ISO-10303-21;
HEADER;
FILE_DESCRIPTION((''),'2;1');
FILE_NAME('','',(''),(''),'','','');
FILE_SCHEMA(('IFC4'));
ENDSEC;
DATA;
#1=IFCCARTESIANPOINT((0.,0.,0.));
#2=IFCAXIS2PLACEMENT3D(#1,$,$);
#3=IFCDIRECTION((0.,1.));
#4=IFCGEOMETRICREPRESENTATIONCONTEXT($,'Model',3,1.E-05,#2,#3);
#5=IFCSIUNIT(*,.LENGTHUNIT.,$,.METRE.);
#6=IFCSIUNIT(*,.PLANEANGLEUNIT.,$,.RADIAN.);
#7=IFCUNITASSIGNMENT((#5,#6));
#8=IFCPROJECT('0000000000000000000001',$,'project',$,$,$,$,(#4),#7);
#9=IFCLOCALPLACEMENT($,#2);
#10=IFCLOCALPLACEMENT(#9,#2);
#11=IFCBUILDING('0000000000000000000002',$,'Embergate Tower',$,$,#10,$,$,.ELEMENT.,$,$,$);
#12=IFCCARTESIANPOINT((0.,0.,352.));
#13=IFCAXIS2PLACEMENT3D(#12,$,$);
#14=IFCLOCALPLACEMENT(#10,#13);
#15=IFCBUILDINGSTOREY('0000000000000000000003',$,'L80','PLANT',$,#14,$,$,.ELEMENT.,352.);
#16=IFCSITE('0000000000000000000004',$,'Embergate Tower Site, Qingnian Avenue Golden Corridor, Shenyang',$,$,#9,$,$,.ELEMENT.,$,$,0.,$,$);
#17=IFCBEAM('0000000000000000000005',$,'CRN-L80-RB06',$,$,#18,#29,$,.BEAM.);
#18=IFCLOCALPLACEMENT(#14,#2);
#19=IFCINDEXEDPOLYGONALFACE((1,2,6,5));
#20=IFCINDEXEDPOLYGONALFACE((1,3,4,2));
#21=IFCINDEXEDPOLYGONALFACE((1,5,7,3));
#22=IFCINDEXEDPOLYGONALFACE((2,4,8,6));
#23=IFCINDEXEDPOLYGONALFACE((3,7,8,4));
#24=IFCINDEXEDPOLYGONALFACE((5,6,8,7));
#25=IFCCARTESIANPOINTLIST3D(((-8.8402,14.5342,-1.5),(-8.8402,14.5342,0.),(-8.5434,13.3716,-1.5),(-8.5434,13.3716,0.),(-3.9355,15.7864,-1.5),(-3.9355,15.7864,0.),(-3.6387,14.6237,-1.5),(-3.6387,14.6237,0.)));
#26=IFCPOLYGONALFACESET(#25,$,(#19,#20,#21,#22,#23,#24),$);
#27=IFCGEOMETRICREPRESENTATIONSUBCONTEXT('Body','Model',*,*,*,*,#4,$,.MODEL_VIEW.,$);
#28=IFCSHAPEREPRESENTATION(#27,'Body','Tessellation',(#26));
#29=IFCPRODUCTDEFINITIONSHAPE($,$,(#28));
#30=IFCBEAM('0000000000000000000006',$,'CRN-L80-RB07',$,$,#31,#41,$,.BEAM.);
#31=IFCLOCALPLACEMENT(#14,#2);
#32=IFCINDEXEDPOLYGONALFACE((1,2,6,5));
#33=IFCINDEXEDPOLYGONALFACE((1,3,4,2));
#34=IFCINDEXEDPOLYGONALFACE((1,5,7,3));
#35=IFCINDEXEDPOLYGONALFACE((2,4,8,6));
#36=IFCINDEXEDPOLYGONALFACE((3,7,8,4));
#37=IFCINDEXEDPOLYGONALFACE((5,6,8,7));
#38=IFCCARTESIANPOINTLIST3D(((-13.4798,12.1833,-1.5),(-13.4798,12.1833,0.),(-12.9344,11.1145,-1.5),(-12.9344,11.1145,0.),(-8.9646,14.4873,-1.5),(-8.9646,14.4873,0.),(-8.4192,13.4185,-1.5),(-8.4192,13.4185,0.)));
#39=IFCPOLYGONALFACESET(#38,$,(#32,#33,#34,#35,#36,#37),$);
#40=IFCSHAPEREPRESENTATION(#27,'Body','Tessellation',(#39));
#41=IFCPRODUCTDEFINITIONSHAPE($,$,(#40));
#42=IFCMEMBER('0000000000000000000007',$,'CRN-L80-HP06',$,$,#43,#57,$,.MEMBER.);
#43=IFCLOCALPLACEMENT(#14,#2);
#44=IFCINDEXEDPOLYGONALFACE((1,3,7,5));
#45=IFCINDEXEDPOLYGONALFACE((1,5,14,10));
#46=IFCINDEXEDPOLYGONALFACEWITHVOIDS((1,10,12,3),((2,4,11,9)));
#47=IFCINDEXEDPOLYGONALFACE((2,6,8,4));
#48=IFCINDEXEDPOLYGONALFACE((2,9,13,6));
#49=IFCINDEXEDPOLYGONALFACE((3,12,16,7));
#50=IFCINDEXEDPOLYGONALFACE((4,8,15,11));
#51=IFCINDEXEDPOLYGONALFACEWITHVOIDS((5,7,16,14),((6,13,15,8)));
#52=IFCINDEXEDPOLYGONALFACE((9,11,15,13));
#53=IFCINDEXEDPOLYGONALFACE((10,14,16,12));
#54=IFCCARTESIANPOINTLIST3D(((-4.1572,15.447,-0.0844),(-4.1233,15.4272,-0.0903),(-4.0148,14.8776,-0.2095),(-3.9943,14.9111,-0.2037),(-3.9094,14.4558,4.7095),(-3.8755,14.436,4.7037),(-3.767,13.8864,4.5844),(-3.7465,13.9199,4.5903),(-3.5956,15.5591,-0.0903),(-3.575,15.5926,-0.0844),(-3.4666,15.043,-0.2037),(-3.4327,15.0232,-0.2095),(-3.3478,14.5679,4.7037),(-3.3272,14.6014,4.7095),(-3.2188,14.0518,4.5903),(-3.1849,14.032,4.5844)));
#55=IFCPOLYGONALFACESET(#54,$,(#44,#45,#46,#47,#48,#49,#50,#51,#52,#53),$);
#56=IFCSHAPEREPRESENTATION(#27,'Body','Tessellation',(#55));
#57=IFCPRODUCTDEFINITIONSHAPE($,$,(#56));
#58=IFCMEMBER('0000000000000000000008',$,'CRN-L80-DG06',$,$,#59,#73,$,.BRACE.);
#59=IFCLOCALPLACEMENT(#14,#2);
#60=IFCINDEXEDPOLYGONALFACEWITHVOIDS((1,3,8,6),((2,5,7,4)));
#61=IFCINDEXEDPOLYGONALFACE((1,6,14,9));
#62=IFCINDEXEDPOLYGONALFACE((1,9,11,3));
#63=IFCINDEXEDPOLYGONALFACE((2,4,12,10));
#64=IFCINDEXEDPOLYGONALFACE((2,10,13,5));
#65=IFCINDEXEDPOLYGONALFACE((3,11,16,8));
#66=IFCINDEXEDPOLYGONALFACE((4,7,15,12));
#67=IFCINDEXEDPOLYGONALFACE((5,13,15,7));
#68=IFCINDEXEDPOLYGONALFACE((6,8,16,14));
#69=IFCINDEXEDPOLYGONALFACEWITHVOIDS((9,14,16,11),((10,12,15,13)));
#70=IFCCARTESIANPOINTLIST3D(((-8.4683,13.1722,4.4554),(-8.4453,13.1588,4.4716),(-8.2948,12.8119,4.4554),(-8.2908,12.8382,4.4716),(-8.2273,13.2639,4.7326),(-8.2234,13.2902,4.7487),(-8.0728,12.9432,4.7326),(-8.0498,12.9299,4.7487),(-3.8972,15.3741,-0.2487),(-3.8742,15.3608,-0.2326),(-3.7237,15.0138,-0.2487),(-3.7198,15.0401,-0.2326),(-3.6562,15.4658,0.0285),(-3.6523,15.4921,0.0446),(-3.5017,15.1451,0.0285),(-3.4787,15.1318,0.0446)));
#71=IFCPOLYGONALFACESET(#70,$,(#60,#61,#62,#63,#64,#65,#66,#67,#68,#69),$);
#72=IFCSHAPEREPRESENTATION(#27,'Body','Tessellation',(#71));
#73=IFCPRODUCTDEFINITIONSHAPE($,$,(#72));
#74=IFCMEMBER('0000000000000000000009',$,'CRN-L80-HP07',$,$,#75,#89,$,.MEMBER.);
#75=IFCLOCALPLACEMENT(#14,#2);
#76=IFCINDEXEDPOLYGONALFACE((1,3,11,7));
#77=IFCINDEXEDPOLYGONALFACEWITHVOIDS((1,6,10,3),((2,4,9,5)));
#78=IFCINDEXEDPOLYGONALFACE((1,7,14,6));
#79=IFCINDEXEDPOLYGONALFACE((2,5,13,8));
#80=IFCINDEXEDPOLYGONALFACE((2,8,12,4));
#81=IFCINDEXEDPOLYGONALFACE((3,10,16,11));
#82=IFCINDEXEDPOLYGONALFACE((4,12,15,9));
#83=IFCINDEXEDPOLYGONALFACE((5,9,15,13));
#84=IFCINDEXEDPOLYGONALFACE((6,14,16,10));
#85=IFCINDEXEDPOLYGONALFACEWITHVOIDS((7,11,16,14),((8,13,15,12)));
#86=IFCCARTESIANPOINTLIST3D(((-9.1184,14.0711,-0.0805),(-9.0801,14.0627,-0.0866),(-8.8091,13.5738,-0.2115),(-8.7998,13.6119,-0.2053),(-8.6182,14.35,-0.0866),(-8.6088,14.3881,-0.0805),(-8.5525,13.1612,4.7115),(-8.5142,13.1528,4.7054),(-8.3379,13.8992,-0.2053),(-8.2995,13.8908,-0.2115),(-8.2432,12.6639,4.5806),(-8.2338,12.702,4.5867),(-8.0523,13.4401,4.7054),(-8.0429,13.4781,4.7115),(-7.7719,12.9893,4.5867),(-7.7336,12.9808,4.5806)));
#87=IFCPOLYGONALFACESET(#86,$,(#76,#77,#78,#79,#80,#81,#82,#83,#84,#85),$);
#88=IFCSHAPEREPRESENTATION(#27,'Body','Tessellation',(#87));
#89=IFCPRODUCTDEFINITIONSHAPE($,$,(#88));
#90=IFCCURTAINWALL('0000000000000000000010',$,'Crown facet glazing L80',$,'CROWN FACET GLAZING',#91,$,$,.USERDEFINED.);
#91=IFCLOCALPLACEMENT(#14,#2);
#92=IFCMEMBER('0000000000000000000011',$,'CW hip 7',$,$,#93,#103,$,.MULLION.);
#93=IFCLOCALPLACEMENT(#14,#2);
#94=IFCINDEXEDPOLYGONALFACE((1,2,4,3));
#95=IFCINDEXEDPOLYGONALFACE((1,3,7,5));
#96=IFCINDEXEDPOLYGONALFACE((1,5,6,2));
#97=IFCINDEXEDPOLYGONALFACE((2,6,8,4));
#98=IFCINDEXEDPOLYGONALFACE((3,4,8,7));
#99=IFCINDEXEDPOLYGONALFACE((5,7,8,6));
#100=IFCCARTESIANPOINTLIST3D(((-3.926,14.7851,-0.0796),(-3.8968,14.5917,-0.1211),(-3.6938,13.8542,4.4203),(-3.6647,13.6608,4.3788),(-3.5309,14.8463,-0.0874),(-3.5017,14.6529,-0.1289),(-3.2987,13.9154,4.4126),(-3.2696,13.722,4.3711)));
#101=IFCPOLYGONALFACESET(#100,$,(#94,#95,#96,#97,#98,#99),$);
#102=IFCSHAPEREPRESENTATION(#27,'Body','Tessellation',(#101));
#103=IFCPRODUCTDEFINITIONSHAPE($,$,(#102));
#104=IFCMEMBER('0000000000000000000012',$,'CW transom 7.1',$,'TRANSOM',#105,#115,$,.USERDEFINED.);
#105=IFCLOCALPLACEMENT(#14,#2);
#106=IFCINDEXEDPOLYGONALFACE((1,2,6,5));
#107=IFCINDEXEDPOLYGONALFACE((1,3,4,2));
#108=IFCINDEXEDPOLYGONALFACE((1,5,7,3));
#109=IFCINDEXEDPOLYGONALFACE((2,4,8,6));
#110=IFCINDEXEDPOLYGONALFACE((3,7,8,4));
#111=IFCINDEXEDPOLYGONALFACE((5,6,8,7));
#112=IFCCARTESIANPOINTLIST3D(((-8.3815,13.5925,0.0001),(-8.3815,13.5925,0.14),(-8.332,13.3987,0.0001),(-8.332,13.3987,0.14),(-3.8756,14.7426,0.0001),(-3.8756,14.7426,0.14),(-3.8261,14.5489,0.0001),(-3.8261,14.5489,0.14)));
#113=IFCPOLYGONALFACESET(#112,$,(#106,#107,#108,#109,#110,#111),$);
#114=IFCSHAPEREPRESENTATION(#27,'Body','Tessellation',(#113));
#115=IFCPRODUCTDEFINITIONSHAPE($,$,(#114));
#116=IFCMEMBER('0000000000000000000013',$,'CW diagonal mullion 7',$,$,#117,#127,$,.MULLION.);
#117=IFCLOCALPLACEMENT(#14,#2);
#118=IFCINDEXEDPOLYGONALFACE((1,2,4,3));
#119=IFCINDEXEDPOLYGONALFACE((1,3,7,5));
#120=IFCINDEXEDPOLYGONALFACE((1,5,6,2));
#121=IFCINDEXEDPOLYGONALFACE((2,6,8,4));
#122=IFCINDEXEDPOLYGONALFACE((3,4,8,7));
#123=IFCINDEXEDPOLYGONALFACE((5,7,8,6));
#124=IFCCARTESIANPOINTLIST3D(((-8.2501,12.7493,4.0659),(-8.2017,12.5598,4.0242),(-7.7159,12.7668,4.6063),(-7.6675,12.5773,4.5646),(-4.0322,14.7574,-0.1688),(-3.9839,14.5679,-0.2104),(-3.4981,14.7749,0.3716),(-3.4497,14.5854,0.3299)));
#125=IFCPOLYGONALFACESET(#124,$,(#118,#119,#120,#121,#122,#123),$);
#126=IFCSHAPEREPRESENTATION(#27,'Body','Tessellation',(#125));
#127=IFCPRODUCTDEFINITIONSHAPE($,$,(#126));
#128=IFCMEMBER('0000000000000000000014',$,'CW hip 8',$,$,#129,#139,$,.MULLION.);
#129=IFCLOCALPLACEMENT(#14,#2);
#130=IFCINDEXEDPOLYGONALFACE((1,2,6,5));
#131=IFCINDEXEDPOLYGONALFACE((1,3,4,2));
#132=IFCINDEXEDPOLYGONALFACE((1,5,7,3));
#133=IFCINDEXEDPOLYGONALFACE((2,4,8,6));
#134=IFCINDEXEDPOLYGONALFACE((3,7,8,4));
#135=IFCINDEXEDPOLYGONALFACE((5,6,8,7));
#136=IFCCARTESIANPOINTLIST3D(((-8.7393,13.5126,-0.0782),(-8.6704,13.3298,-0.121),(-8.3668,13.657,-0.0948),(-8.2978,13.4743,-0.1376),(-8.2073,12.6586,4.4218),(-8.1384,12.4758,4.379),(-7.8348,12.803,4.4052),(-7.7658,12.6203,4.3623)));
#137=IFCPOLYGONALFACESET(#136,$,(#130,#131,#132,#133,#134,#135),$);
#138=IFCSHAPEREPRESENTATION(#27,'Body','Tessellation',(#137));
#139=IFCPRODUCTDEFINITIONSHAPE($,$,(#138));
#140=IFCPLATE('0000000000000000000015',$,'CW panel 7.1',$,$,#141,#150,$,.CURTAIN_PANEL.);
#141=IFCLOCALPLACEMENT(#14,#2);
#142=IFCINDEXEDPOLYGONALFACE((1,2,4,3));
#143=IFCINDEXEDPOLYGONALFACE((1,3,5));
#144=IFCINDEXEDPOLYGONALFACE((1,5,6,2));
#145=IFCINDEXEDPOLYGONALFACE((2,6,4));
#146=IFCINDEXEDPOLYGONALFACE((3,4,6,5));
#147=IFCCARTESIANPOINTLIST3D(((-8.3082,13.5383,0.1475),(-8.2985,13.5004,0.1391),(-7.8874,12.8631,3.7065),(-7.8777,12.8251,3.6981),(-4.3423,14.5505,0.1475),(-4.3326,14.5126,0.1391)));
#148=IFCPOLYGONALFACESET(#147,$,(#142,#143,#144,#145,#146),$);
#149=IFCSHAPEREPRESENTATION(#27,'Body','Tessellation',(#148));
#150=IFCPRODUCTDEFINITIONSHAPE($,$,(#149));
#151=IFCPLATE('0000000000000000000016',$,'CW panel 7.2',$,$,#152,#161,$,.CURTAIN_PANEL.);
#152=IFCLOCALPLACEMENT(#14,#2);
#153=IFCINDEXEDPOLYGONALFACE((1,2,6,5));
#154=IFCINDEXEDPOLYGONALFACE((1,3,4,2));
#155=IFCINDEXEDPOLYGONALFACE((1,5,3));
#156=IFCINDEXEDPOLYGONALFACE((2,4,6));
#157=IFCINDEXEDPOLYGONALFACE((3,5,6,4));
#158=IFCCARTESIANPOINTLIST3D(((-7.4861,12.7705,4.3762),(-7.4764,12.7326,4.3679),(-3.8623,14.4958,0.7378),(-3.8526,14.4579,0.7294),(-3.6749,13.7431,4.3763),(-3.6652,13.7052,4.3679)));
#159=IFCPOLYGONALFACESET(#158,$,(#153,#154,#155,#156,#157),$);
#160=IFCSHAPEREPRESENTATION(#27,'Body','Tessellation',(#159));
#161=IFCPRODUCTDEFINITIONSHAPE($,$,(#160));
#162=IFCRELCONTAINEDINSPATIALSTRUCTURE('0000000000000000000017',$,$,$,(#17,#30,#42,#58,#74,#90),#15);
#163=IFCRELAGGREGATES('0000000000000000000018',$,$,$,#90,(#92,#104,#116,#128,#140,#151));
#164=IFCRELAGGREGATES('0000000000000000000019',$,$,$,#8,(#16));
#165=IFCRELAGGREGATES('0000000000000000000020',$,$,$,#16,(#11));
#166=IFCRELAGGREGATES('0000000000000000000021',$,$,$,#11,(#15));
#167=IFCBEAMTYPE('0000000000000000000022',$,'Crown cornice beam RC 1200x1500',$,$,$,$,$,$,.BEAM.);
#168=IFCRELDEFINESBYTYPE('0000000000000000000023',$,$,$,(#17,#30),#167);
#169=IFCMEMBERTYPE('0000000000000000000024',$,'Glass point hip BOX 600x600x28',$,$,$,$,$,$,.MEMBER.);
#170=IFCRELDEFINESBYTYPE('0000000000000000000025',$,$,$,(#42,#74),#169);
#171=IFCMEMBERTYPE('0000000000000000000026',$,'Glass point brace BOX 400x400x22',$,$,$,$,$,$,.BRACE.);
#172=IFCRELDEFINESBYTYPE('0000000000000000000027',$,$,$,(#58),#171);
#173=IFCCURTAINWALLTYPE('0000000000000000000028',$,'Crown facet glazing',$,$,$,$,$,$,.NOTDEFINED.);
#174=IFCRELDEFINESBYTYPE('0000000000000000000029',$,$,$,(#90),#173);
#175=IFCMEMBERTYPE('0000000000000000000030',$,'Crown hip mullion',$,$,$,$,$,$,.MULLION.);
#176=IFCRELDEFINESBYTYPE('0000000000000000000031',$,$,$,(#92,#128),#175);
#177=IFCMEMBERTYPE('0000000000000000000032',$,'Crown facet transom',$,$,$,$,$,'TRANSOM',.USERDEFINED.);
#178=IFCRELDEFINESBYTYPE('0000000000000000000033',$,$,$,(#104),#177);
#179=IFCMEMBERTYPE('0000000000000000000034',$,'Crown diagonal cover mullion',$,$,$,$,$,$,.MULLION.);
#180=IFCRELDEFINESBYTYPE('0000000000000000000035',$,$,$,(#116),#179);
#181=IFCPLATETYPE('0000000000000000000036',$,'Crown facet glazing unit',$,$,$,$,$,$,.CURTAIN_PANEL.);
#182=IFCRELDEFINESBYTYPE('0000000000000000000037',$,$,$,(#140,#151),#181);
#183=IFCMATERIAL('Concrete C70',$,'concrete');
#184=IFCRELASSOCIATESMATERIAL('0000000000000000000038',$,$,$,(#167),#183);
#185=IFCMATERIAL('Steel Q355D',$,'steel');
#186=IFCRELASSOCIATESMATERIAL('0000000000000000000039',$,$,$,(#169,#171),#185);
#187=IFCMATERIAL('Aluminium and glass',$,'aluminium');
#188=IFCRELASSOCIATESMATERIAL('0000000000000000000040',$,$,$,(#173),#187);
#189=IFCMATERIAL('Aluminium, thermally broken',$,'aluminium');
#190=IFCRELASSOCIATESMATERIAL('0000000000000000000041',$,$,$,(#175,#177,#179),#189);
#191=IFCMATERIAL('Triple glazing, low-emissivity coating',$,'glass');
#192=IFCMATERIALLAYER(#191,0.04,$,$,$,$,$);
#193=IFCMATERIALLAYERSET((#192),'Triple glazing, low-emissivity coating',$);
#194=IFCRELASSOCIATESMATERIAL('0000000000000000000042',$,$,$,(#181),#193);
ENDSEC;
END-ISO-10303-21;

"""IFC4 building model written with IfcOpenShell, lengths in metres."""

from ifc_helpers import new_model, si_unit, direction, frame, origin, origin_2d, place, context, subcontext, project, spatial, polyline, rectangle, hollow_rectangle, outline, extrude, source, transform, mapped, material, layer, layer_set, material_profile, profile_set, type_object, element, aggregate, save


model = new_model("IFC4")

# Units and contexts
model_context = context("Model", 3, precision=1e-05, world=origin(), true_north=direction((0.0, 1.0)))
body_context = subcontext(model_context, "Body", "Model", "MODEL_VIEW")
ifc_project = project(units=[si_unit("LENGTHUNIT", "METRE"), si_unit("PLANEANGLEUNIT", "RADIAN")], contexts=[model_context])

# Site, building, storey
site_placement = place(None, origin())
site = spatial("IfcSite", under=ifc_project, at=site_placement, Name="Embergate Tower Site, Qingnian Avenue Golden Corridor, Shenyang", CompositionType="ELEMENT", RefElevation=0.0)
building_placement = place(site_placement, origin())
building = spatial("IfcBuilding", under=site, at=building_placement, Name="Embergate Tower", CompositionType="ELEMENT")
storey_placement = place(building_placement, frame((0.0, 0.0, 352.0)))
storey = spatial("IfcBuildingStorey", under=building, at=storey_placement, Name="L80", Description="PLANT", CompositionType="ELEMENT", Elevation=352.0)

# Beams
ifc_material_1 = material(Name="Concrete C70", Category="concrete")
ifc_material_profile_1 = material_profile(ifc_material_1, rectangle(XDim=1.2, YDim=1.5, at=origin_2d()), Name="RC 1200x1500")
ifc_profile_set_1 = profile_set([ifc_material_profile_1], Name="Concrete C70")
beam_type = type_object("IfcBeamType", Name="Crown cornice beam RC 1200x1500", PredefinedType="BEAM", material=ifc_profile_set_1)
shared_shape_1 = source(origin(), body_context, "Body", "SweptSolid", [
    extrude(rectangle(XDim=1.2, YDim=1.5, at=origin_2d()), origin(), (0.0, 0.0, 1.0), 5.062),
])
beam_1_placement = place(storey_placement, frame((-3.7871, 15.2051, -0.75), z_axis=(-0.968922, -0.247367, 0.0), x_axis=(0.247367, -0.968922, 0.0)))
element("IfcBeam", 1, at=beam_1_placement, inside=storey, type_object=beam_type, Name="CRN-L80-RB06", PredefinedType="BEAM", context=body_context, shape_type="MappedRepresentation", body=[
    mapped(shared_shape_1, transform((0.0, 0.0, 0.0))),
])
shared_shape_2 = source(origin(), body_context, "Body", "SweptSolid", [
    extrude(rectangle(XDim=1.2, YDim=1.5, at=origin_2d()), origin(), (0.0, 0.0, 1.0), 5.0691),
])
beam_2_placement = place(storey_placement, frame((-8.6919, 13.9529, -0.75), z_axis=(-0.890737, -0.454519, 0.0), x_axis=(0.454519, -0.890737, 0.0)))
element("IfcBeam", 2, at=beam_2_placement, inside=storey, type_object=beam_type, Name="CRN-L80-RB07", PredefinedType="BEAM", context=body_context, shape_type="MappedRepresentation", body=[
    mapped(shared_shape_2, transform((0.0, 0.0, 0.0))),
])

# Members
ifc_material_2 = material(Name="Steel Q355D", Category="steel")
ifc_material_profile_2 = material_profile(ifc_material_2, hollow_rectangle(XDim=0.6001, YDim=0.6001, WallThickness=0.0281, at=origin_2d()), Name="BOX 600x600x28")
ifc_profile_set_2 = profile_set([ifc_material_profile_2], Name="Steel Q355 grade D")
member_type_1 = type_object("IfcMemberType", Name="Glass point hip BOX 600x600x28", PredefinedType="MEMBER", material=ifc_profile_set_2)
shared_shape_3 = source(origin(), body_context, "Body", "SweptSolid", [
    extrude(hollow_rectangle(XDim=0.6001, YDim=0.6001, WallThickness=0.0281, at=origin_2d()), origin(), (0.0, 0.0, 1.0), 4.9016),
])
member_1_placement = place(storey_placement, frame((-3.7949, 15.2351, -0.147), z_axis=(0.050555, -0.202221, 0.978034), x_axis=(0.970143, 0.242536, 0.0)))
element("IfcMember", 3, at=member_1_placement, inside=storey, type_object=member_type_1, Name="CRN-L80-HP06", PredefinedType="MEMBER", context=body_context, shape_type="MappedRepresentation", body=[
    mapped(shared_shape_3, transform((0.0, 0.0, 0.0))),
])
ifc_material_profile_3 = material_profile(ifc_material_2, hollow_rectangle(XDim=0.3999, YDim=0.3999, WallThickness=0.022, at=origin_2d()), Name="BOX 400x400x22")
ifc_profile_set_3 = profile_set([ifc_material_profile_3], Name="Steel Q355 grade D")
member_type_2 = type_object("IfcMemberType", Name="Glass point brace BOX 400x400x22", PredefinedType="BRACE", material=ifc_profile_set_3)
shared_shape_4 = source(origin(), body_context, "Body", "SweptSolid", [
    extrude(hollow_rectangle(XDim=0.3999, YDim=0.3999, WallThickness=0.022, at=origin_2d()), origin(), (0.0, 0.0, 1.0), 6.9189),
])
member_2_placement = place(storey_placement, frame((-3.688, 15.2529, -0.1021), z_axis=(-0.660659, -0.318244, 0.67989), x_axis=(0.433981, -0.900922, 0.0)))
element("IfcMember", 4, at=member_2_placement, inside=storey, type_object=member_type_2, Name="CRN-L80-DG06", PredefinedType="BRACE", context=body_context, shape_type="MappedRepresentation", body=[
    mapped(shared_shape_4, transform((0.0, 0.0, 0.0))),
])
shared_shape_5 = source(origin(), body_context, "Body", "SweptSolid", [
    extrude(hollow_rectangle(XDim=0.6001, YDim=0.6001, WallThickness=0.0281, at=origin_2d()), origin(), (0.0, 0.0, 1.0), 4.9104),
])
member_3_placement = place(storey_placement, frame((-8.709, 13.981, -0.146), z_axis=(0.11525, -0.185305, 0.975899), x_axis=(0.849161, 0.528134, 0.0)))
element("IfcMember", 5, at=member_3_placement, inside=storey, type_object=member_type_1, Name="CRN-L80-HP07", PredefinedType="MEMBER", context=body_context, shape_type="MappedRepresentation", body=[
    mapped(shared_shape_5, transform((0.0, 0.0, 0.0))),
])

# Curtain wall, members, plates
ifc_material_3 = material(Name="Aluminium and glass", Category="aluminium")
curtain_wall_type = type_object("IfcCurtainWallType", Name="Crown facet glazing", PredefinedType="NOTDEFINED", material=ifc_material_3)
curtain_wall_placement = place(storey_placement, origin())
curtain_wall = element("IfcCurtainWall", 6, at=curtain_wall_placement, inside=storey, type_object=curtain_wall_type, Name="Crown facet glazing L80", ObjectType="CROWN FACET GLAZING", PredefinedType="USERDEFINED")
ifc_material_4 = material(Name="Aluminium, thermally broken", Category="aluminium")
ifc_material_profile_4 = material_profile(ifc_material_4, rectangle(XDim=0.2, YDim=0.3999, at=origin_2d()), Name="AL 400x200")
ifc_profile_set_4 = profile_set([ifc_material_profile_4], Name="Aluminium, thermally broken")
member_type_3 = type_object("IfcMemberType", Name="Crown hip mullion", PredefinedType="MULLION", material=ifc_profile_set_4)
shared_shape_6 = source(origin(), body_context, "Body", "SweptSolid", [
    extrude(rectangle(XDim=0.2, YDim=0.3999, at=origin_2d()), origin(), (0.0, 0.0, 1.0), 4.6011),
])
member_4_placement = place(storey_placement, frame((-3.7139, 14.719, -0.1042), z_axis=(0.050461, -0.202321, 0.978018), x_axis=(-0.145832, 0.967277, 0.207623)))
member_4 = element("IfcMember", 7, at=member_4_placement, type_object=member_type_3, Name="CW hip 7", PredefinedType="MULLION", context=body_context, shape_type="MappedRepresentation", body=[
    mapped(shared_shape_6, transform((0.0, 0.0, 0.0))),
])
ifc_material_profile_5 = material_profile(ifc_material_4, rectangle(XDim=0.2, YDim=0.1399, at=origin_2d()), Name="AL 140x200")
ifc_profile_set_5 = profile_set([ifc_material_profile_5], Name="Aluminium, thermally broken")
member_type_4 = type_object("IfcMemberType", Name="Crown facet transom", ElementType="TRANSOM", PredefinedType="USERDEFINED", material=ifc_profile_set_5)
shared_shape_7 = source(origin(), body_context, "Body", "SweptSolid", [
    extrude(rectangle(XDim=0.2, YDim=0.1399, at=origin_2d()), origin(), (0.0, 0.0, 1.0), 4.6504),
])
member_5_placement = place(storey_placement, frame((-3.8508, 14.6458, 0.0701), z_axis=(-0.968932, -0.247326, 0.0), x_axis=(0.247326, -0.968932, 0.0)))
member_5 = element("IfcMember", 8, at=member_5_placement, type_object=member_type_4, Name="CW transom 7.1", ObjectType="TRANSOM", PredefinedType="USERDEFINED", context=body_context, shape_type="MappedRepresentation", body=[
    mapped(shared_shape_7, transform((0.0, 0.0, 0.0))),
])
ifc_material_profile_6 = material_profile(ifc_material_4, rectangle(XDim=0.2, YDim=0.76, at=origin_2d()), Name="AL 760x200")
ifc_profile_set_6 = profile_set([ifc_material_profile_6], Name="Aluminium, thermally broken")
member_type_5 = type_object("IfcMemberType", Name="Crown diagonal cover mullion", PredefinedType="MULLION", material=ifc_profile_set_6)
shared_shape_8 = source(origin(), body_context, "Body", "SweptSolid", [
    extrude(rectangle(XDim=0.2, YDim=0.76, at=origin_2d()), origin(), (0.0, 0.0, 1.0), 6.3052),
])
member_6_placement = place(storey_placement, frame((-3.741, 14.6714, 0.0806), z_axis=(-0.66895, -0.318483, 0.671621), x_axis=(-0.241856, 0.94765, 0.208482)))
member_6 = element("IfcMember", 9, at=member_6_placement, type_object=member_type_5, Name="CW diagonal mullion 7", PredefinedType="MULLION", context=body_context, shape_type="MappedRepresentation", body=[
    mapped(shared_shape_8, transform((0.0, 0.0, 0.0))),
])
shared_shape_9 = source(origin(), body_context, "Body", "SweptSolid", [
    extrude(rectangle(XDim=0.2, YDim=0.3999, at=origin_2d()), origin(), (0.0, 0.0, 1.0), 4.6111),
])
member_7_placement = place(storey_placement, frame((-8.5186, 13.4934, -0.1079), z_axis=(0.11537, -0.185206, 0.975904), x_axis=(-0.34479, 0.913913, 0.214202)))
member_7 = element("IfcMember", 10, at=member_7_placement, type_object=member_type_3, Name="CW hip 8", PredefinedType="MULLION", context=body_context, shape_type="MappedRepresentation", body=[
    mapped(shared_shape_9, transform((0.0, 0.0, 0.0))),
])
ifc_material_5 = material(Name="Triple glazing, low-emissivity coating", Category="glass")
ifc_layer_1 = layer(ifc_material_5, 0.04)
ifc_layer_set_1 = layer_set([ifc_layer_1], Name="Triple glazing, low-emissivity coating")
plate_type = type_object("IfcPlateType", Name="Crown facet glazing unit", PredefinedType="CURTAIN_PANEL", material=ifc_layer_set_1)
shared_shape_10 = source(origin(), body_context, "Body", "SweptSolid", [
    extrude(outline(polyline([(0.0, 0.0), (4.093, 0.0), (3.8523, 3.6389), (0.0, 0.0)])), origin(), (0.0, 0.0, -1.0), 0.04),
])
plate_1_placement = place(storey_placement, frame((-4.3423, 14.5505, 0.1475), z_axis=(-0.241875, 0.947664, 0.208396), x_axis=(-0.968938, -0.247305, 0.0)))
plate_1 = element("IfcPlate", 11, at=plate_1_placement, type_object=plate_type, Name="CW panel 7.1", PredefinedType="CURTAIN_PANEL", context=body_context, shape_type="MappedRepresentation", body=[
    mapped(shared_shape_10, transform((0.0, 0.0, 0.0))),
])
shared_shape_11 = source(origin(), body_context, "Body", "SweptSolid", [
    extrude(outline(polyline([(0.0, 0.0), (5.4172, 0.0), (2.5581, 2.7012), (0.0, 0.0)])), origin(), (0.0, 0.0, -1.0), 0.04),
])
plate_2_placement = place(storey_placement, frame((-3.8623, 14.4958, 0.7378), z_axis=(-0.241844, 0.947648, 0.208504), x_axis=(-0.668932, -0.31849, 0.671636)))
plate_2 = element("IfcPlate", 12, at=plate_2_placement, type_object=plate_type, Name="CW panel 7.2", PredefinedType="CURTAIN_PANEL", context=body_context, shape_type="MappedRepresentation", body=[
    mapped(shared_shape_11, transform((0.0, 0.0, 0.0))),
])
aggregate(curtain_wall, [member_4, member_5, member_6, member_7, plate_1, plate_2])

save(model, "model.ifc")
